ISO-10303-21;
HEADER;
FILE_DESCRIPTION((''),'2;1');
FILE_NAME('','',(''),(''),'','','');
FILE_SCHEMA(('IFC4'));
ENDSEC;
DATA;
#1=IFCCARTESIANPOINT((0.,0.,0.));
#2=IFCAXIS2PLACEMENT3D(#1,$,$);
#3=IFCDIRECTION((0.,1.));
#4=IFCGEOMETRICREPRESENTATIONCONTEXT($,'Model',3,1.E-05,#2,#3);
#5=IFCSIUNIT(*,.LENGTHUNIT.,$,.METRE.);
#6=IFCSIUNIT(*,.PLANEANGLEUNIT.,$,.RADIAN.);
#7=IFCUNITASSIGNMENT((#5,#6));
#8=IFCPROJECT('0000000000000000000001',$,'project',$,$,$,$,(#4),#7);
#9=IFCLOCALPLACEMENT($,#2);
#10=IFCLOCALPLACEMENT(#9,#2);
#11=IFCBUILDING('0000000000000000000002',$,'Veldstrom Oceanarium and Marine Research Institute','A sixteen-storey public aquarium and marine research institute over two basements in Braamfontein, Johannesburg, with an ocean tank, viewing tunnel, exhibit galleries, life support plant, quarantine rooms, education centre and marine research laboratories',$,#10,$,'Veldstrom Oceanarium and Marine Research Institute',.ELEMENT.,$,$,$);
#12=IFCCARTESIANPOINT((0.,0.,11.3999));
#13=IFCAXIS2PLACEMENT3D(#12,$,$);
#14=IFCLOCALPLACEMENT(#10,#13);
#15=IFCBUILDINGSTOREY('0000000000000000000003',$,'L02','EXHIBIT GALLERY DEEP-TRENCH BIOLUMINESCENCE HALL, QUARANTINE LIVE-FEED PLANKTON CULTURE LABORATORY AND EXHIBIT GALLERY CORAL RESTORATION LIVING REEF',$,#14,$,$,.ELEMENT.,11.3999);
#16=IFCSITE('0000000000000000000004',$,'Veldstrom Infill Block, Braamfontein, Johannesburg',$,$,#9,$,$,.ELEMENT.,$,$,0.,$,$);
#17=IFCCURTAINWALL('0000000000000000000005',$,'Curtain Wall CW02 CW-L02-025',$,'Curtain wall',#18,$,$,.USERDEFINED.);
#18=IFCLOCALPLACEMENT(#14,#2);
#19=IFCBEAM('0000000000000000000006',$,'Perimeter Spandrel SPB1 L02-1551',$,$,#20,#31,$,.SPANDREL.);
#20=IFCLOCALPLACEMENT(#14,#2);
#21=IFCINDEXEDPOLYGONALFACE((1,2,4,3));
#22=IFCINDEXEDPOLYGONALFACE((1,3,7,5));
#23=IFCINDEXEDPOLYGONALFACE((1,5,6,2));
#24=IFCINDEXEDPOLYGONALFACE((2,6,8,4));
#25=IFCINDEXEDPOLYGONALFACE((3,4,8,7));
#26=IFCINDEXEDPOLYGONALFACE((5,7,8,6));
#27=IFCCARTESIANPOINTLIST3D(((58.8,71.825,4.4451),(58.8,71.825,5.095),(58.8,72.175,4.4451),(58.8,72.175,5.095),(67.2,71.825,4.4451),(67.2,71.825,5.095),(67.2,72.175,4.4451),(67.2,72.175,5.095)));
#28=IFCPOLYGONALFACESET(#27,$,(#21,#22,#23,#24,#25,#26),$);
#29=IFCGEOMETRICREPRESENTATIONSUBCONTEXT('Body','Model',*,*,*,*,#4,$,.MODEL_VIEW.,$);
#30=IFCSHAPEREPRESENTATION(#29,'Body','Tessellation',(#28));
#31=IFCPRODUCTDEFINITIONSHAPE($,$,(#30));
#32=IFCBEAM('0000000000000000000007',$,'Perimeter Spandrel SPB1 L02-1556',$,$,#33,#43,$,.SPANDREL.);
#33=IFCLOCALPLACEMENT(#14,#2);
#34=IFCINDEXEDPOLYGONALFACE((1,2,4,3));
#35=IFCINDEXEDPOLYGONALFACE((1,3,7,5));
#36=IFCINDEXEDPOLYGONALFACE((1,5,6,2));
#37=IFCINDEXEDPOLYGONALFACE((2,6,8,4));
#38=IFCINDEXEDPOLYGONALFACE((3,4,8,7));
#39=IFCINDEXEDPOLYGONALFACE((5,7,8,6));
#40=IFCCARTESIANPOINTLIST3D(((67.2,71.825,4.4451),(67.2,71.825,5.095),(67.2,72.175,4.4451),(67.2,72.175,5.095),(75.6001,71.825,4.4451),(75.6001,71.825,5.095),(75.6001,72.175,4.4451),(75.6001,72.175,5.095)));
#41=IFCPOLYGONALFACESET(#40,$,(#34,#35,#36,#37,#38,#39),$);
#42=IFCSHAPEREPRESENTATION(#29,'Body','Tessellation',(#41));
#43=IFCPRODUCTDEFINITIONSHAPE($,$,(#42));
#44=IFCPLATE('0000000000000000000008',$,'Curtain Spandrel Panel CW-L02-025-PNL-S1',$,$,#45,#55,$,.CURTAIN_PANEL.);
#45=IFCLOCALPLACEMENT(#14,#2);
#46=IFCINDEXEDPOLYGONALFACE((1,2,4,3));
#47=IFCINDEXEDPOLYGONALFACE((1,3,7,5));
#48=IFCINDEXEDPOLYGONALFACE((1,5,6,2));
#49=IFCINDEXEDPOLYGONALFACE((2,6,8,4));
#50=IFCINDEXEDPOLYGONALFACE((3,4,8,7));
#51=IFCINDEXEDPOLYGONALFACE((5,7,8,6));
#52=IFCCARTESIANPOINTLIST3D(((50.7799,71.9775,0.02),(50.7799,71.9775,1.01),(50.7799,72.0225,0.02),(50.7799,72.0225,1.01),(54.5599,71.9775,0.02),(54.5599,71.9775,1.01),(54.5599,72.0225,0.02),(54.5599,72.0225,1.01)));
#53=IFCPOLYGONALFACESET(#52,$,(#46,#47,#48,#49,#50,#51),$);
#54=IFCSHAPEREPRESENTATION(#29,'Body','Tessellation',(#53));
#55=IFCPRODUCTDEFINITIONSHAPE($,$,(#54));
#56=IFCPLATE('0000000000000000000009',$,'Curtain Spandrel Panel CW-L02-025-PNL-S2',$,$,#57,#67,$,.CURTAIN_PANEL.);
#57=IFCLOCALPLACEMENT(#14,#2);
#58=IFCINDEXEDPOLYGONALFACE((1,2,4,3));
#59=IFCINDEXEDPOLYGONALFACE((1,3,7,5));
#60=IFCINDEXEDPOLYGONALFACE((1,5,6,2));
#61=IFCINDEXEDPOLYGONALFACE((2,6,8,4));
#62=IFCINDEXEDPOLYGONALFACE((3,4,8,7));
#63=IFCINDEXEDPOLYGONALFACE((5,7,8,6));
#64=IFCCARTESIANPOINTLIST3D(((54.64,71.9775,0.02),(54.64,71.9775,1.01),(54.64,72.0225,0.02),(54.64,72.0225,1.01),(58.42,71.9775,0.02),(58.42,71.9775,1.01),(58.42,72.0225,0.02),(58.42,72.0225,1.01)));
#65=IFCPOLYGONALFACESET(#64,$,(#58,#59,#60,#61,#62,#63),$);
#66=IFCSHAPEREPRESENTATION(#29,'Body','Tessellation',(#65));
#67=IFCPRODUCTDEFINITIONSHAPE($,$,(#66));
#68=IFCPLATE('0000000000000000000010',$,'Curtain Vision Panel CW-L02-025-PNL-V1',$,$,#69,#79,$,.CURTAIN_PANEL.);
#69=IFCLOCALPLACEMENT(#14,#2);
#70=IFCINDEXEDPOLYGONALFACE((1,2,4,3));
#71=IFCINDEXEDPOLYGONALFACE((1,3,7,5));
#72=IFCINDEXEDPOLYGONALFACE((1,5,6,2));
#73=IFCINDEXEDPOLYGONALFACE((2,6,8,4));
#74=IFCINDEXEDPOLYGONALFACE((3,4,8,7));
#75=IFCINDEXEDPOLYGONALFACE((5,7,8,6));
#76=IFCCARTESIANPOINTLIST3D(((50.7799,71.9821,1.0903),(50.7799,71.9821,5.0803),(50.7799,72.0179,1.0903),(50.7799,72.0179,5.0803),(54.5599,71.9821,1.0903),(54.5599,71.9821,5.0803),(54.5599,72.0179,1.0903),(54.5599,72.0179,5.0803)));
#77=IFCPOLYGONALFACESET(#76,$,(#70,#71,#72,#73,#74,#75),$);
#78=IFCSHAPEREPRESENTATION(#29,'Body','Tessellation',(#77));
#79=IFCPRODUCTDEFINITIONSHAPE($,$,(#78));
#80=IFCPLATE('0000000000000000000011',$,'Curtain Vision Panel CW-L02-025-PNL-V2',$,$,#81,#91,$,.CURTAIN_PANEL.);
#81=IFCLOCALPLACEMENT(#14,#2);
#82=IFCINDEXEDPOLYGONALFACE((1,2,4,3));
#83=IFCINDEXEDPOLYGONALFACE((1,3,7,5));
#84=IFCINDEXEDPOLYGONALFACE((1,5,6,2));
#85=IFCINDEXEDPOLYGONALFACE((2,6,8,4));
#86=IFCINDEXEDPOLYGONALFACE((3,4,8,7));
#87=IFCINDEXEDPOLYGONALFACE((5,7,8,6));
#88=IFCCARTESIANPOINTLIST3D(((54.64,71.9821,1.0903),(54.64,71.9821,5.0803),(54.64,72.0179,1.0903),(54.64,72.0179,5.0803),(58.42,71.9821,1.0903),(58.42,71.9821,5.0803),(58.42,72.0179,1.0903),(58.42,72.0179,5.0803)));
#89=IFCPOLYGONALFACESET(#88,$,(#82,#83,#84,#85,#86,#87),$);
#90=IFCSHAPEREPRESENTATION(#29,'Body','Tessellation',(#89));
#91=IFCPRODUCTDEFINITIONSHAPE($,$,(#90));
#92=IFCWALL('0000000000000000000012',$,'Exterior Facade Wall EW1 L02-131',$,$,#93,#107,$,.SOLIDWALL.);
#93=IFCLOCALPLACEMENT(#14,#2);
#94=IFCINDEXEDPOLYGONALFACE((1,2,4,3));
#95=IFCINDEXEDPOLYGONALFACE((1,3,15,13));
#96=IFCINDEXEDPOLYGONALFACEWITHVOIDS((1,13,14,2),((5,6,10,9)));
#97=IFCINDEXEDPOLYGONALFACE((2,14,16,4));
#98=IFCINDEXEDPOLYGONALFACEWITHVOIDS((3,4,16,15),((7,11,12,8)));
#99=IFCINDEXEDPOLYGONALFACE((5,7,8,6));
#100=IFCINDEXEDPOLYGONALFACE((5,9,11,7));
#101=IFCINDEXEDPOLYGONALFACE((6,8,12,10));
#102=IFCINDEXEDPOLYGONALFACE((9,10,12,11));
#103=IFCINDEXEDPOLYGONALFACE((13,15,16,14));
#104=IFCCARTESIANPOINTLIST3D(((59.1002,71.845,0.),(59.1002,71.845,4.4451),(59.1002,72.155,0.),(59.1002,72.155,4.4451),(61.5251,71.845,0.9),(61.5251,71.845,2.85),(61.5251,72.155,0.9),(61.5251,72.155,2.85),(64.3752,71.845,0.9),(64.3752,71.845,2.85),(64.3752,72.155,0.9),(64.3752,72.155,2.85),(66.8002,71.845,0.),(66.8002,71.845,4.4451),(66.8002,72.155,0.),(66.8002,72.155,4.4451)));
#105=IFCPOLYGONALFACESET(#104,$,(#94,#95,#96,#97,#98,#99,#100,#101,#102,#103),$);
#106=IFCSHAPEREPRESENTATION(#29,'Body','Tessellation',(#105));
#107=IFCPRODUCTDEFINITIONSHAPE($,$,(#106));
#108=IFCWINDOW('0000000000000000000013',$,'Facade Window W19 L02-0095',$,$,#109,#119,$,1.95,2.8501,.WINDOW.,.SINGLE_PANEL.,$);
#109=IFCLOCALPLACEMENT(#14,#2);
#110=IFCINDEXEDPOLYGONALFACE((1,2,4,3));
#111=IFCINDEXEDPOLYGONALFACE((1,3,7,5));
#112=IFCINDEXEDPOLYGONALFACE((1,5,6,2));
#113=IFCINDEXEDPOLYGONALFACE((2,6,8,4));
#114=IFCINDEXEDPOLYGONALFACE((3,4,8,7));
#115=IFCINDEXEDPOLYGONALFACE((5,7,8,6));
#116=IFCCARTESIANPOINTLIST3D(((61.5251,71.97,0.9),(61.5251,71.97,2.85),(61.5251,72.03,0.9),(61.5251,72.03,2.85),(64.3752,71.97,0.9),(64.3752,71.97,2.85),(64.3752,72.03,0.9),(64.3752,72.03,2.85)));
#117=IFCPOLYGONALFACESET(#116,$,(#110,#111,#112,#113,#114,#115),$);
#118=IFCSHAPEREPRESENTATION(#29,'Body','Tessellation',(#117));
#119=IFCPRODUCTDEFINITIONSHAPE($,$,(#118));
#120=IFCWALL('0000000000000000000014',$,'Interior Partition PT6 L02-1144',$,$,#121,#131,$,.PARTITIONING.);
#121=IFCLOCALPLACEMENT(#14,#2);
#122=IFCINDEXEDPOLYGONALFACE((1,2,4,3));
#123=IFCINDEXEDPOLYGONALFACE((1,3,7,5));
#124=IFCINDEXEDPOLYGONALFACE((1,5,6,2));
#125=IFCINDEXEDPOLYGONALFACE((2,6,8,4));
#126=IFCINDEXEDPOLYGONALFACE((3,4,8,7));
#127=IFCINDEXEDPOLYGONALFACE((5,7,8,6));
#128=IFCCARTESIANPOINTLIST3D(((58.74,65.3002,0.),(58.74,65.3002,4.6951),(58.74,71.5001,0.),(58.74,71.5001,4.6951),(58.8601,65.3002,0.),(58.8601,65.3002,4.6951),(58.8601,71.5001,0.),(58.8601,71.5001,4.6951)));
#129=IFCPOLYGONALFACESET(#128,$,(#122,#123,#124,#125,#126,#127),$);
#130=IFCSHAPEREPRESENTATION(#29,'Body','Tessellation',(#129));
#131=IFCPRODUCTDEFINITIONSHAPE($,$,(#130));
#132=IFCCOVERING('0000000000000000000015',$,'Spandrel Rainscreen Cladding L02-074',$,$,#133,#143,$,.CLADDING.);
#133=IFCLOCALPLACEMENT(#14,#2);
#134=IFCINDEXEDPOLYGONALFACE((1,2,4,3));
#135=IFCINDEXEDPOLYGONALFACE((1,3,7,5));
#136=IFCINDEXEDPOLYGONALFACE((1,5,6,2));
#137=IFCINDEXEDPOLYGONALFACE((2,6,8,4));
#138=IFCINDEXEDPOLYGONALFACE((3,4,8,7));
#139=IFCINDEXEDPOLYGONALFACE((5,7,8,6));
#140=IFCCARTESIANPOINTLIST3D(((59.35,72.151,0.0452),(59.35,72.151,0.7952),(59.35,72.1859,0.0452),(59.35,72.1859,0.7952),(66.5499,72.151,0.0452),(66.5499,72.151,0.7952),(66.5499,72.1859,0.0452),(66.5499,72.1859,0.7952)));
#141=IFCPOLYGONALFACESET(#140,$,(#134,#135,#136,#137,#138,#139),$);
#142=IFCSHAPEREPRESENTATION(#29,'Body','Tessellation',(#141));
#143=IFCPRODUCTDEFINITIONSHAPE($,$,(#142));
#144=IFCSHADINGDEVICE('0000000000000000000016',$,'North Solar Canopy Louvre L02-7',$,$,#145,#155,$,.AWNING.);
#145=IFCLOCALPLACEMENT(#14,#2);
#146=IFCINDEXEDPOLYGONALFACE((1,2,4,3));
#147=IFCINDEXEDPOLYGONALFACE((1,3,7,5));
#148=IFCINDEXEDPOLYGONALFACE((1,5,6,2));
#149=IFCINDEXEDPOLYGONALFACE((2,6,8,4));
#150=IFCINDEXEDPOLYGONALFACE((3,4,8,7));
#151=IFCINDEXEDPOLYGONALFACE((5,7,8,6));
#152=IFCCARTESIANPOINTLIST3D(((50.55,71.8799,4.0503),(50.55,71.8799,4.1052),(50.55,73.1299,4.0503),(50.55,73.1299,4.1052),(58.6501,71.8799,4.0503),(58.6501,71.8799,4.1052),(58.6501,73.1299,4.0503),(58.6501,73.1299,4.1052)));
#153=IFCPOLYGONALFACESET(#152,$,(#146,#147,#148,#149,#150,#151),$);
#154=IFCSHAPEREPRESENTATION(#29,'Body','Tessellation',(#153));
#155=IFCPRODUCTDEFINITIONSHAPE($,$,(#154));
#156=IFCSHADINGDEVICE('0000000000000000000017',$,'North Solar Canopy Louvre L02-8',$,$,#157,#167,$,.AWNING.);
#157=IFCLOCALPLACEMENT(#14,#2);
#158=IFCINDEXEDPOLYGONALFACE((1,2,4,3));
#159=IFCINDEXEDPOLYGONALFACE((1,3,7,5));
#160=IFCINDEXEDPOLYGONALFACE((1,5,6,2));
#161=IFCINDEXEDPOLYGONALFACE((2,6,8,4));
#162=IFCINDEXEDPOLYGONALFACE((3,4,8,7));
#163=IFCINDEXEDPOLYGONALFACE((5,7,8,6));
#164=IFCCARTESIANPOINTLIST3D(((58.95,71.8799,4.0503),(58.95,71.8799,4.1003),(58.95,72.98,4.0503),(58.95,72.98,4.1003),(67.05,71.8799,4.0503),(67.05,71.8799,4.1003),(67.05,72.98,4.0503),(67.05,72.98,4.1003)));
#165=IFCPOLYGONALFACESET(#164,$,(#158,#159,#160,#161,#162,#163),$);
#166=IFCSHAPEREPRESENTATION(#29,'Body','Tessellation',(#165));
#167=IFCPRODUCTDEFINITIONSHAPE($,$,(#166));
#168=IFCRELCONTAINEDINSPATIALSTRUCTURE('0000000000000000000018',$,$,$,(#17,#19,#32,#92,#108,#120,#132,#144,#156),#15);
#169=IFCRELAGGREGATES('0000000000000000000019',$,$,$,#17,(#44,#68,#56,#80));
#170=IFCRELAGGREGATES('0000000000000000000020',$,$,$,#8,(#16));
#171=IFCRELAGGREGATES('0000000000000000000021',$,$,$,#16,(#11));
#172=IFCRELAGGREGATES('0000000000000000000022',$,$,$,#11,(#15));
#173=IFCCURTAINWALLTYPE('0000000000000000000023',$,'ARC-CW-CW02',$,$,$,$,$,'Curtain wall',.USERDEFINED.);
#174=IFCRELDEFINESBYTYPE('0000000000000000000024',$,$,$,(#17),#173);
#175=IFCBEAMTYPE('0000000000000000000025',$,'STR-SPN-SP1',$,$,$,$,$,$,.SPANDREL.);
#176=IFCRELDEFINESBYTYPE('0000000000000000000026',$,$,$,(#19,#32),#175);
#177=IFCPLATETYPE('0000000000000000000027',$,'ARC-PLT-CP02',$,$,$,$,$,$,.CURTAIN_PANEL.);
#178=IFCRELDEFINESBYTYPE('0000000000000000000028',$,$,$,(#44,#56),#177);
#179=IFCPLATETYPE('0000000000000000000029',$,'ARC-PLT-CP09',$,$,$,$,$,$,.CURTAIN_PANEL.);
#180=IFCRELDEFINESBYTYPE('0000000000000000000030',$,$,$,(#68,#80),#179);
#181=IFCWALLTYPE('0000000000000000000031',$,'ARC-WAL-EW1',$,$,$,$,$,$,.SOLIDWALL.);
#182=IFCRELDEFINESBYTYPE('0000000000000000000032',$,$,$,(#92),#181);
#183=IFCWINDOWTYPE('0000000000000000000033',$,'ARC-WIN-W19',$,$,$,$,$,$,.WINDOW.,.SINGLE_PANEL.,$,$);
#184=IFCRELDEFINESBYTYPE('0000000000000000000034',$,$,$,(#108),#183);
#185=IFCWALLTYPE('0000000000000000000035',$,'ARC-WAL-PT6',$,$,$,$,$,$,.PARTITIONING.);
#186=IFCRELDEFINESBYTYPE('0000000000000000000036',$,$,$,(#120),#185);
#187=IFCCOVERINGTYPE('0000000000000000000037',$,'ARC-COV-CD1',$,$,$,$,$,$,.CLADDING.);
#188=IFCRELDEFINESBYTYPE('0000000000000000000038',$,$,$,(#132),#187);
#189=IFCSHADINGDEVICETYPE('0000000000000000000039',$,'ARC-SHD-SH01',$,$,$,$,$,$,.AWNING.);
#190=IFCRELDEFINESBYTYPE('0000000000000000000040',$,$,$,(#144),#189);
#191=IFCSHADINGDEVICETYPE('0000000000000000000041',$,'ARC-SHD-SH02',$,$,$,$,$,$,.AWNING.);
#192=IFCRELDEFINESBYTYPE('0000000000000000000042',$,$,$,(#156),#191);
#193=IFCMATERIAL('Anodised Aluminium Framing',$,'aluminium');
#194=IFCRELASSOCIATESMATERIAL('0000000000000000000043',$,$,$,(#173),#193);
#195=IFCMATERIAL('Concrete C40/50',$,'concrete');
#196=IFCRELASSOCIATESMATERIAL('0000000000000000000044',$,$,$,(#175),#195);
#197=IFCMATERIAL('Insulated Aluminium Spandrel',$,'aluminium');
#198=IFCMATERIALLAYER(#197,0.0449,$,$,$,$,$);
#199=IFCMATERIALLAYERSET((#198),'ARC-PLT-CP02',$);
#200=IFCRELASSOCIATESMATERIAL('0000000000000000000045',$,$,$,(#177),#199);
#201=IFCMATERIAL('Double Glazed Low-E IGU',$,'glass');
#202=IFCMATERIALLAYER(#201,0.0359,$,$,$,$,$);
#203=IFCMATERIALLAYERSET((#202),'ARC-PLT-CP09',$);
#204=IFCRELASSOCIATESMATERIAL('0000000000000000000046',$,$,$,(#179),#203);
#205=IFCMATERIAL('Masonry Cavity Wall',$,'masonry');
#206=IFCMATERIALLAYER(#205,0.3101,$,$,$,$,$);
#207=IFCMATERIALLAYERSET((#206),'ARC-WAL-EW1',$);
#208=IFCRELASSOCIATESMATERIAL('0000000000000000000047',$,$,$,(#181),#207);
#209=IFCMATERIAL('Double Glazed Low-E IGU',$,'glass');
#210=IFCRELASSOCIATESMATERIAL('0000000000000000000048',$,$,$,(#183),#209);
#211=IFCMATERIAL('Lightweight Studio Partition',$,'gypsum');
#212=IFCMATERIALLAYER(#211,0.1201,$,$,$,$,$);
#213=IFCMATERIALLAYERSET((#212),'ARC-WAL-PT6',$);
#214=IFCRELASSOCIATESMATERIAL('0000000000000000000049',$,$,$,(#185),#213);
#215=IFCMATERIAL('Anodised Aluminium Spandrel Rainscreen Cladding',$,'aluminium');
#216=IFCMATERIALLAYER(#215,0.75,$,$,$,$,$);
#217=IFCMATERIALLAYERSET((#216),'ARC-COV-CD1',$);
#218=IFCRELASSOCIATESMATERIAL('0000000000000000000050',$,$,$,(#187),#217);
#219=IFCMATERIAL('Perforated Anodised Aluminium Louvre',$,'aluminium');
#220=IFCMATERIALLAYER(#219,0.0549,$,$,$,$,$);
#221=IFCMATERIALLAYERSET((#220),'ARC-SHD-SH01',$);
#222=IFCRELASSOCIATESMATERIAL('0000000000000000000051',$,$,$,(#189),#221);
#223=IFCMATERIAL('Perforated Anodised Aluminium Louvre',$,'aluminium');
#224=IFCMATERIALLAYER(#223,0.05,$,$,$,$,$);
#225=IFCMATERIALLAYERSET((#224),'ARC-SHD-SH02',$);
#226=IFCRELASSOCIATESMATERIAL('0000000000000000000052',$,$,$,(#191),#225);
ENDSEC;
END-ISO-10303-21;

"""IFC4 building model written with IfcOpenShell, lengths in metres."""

from ifc_helpers import new_model, si_unit, direction, frame, frame_2d, origin, origin_2d, place, context, subcontext, project, spatial, rectangle, extrude, material, layer, layer_set, material_profile, profile_set, type_object, element, fill, aggregate, save


model = new_model("IFC4")

# Units and contexts
model_context = context("Model", 3, precision=1e-05, world=origin(), true_north=direction((0.0, 1.0)))
body_context = subcontext(model_context, "Body", "Model", "MODEL_VIEW")
ifc_project = project(units=[si_unit("LENGTHUNIT", "METRE"), si_unit("PLANEANGLEUNIT", "RADIAN")], contexts=[model_context])

# Site, building, storey
site_placement = place(None, origin())
site = spatial("IfcSite", under=ifc_project, at=site_placement, Name="Veldstrom Infill Block, Braamfontein, Johannesburg", CompositionType="ELEMENT", RefElevation=0.0)
building_placement = place(site_placement, origin())
building = spatial("IfcBuilding", under=site, at=building_placement, Name="Veldstrom Oceanarium and Marine Research Institute", Description="A sixteen-storey public aquarium and marine research institute over two basements in Braamfontein, Johannesburg, with an ocean tank, viewing tunnel, exhibit galleries, life support plant, quarantine rooms, education centre and marine research laboratories", LongName="Veldstrom Oceanarium and Marine Research Institute", CompositionType="ELEMENT")
storey_placement = place(building_placement, frame((0.0, 0.0, 11.3999)))
storey = spatial("IfcBuildingStorey", under=building, at=storey_placement, Name="L02", Description="EXHIBIT GALLERY DEEP-TRENCH BIOLUMINESCENCE HALL, QUARANTINE LIVE-FEED PLANKTON CULTURE LABORATORY AND EXHIBIT GALLERY CORAL RESTORATION LIVING REEF", CompositionType="ELEMENT", Elevation=11.3999)

# Curtain wall
ifc_material_1 = material(Name="Anodised Aluminium Framing", Category="aluminium")
curtain_wall_type = type_object("IfcCurtainWallType", Name="ARC-CW-CW02", ElementType="Curtain wall", PredefinedType="USERDEFINED", material=ifc_material_1)
curtain_wall_placement = place(storey_placement, origin())
curtain_wall = element("IfcCurtainWall", 1, at=curtain_wall_placement, inside=storey, type_object=curtain_wall_type, Name="Curtain Wall CW02 CW-L02-025", ObjectType="Curtain wall", PredefinedType="USERDEFINED")

# Beams
ifc_material_2 = material(Name="Concrete C40/50", Category="concrete")
ifc_material_profile_1 = material_profile(ifc_material_2, rectangle(XDim=0.3501, YDim=0.6499, at=origin_2d()), Name="RC-SPN-350x650")
ifc_profile_set_1 = profile_set([ifc_material_profile_1], Name="Concrete C40/50")
beam_type_1 = type_object("IfcBeamType", Name="STR-SPN-SP1", PredefinedType="SPANDREL", material=ifc_profile_set_1)
beam_1_placement = place(storey_placement, frame((58.8, 72.0, 4.77), z_axis=(1.0, 0.0, 0.0), x_axis=(0.0, 1.0, 0.0)))
element("IfcBeam", 2, at=beam_1_placement, inside=storey, type_object=beam_type_1, Name="Perimeter Spandrel SPB1 L02-1551", PredefinedType="SPANDREL", context=body_context, shape_type="SweptSolid", body=[
    extrude(rectangle(XDim=0.3501, YDim=0.6499, at=origin_2d()), origin(), (0.0, 0.0, 1.0), 8.3999),
])
beam_2_placement = place(storey_placement, frame((67.2, 72.0, 4.77), z_axis=(1.0, 0.0, 0.0), x_axis=(0.0, 1.0, 0.0)))
element("IfcBeam", 3, at=beam_2_placement, inside=storey, type_object=beam_type_1, Name="Perimeter Spandrel SPB1 L02-1556", PredefinedType="SPANDREL", context=body_context, shape_type="SweptSolid", body=[
    extrude(rectangle(XDim=0.3501, YDim=0.6499, at=origin_2d()), origin(), (0.0, 0.0, 1.0), 8.4001),
])

# Plates
ifc_material_3 = material(Name="Insulated Aluminium Spandrel", Category="aluminium")
ifc_layer_1 = layer(ifc_material_3, 0.0449)
ifc_layer_set_1 = layer_set([ifc_layer_1], Name="ARC-PLT-CP02")
plate_type_1 = type_object("IfcPlateType", Name="ARC-PLT-CP02", PredefinedType="CURTAIN_PANEL", material=ifc_layer_set_1)
plate_1_placement = place(storey_placement, frame((52.6699, 72.0, 0.02), z_axis=(0.0, 0.0, 1.0), x_axis=(1.0, 0.0, 0.0)))
plate_1 = element("IfcPlate", 4, at=plate_1_placement, type_object=plate_type_1, Name="Curtain Spandrel Panel CW-L02-025-PNL-S1", PredefinedType="CURTAIN_PANEL", context=body_context, shape_type="SweptSolid", body=[
    extrude(rectangle(XDim=3.78, YDim=0.0449, at=origin_2d()), origin(), (0.0, 0.0, 1.0), 0.99),
])
plate_2_placement = place(storey_placement, frame((56.53, 72.0, 0.02), z_axis=(0.0, 0.0, 1.0), x_axis=(1.0, 0.0, 0.0)))
plate_2 = element("IfcPlate", 5, at=plate_2_placement, type_object=plate_type_1, Name="Curtain Spandrel Panel CW-L02-025-PNL-S2", PredefinedType="CURTAIN_PANEL", context=body_context, shape_type="SweptSolid", body=[
    extrude(rectangle(XDim=3.78, YDim=0.0449, at=origin_2d()), origin(), (0.0, 0.0, 1.0), 0.99),
])
ifc_material_4 = material(Name="Double Glazed Low-E IGU", Category="glass")
ifc_layer_2 = layer(ifc_material_4, 0.0359)
ifc_layer_set_2 = layer_set([ifc_layer_2], Name="ARC-PLT-CP09")
plate_type_2 = type_object("IfcPlateType", Name="ARC-PLT-CP09", PredefinedType="CURTAIN_PANEL", material=ifc_layer_set_2)
plate_3_placement = place(storey_placement, frame((52.6699, 72.0, 1.0903), z_axis=(0.0, 0.0, 1.0), x_axis=(1.0, 0.0, 0.0)))
plate_3 = element("IfcPlate", 6, at=plate_3_placement, type_object=plate_type_2, Name="Curtain Vision Panel CW-L02-025-PNL-V1", PredefinedType="CURTAIN_PANEL", context=body_context, shape_type="SweptSolid", body=[
    extrude(rectangle(XDim=3.78, YDim=0.0359, at=origin_2d()), origin(), (0.0, 0.0, 1.0), 3.99),
])
plate_4_placement = place(storey_placement, frame((56.53, 72.0, 1.0903), z_axis=(0.0, 0.0, 1.0), x_axis=(1.0, 0.0, 0.0)))
plate_4 = element("IfcPlate", 7, at=plate_4_placement, type_object=plate_type_2, Name="Curtain Vision Panel CW-L02-025-PNL-V2", PredefinedType="CURTAIN_PANEL", context=body_context, shape_type="SweptSolid", body=[
    extrude(rectangle(XDim=3.78, YDim=0.0359, at=origin_2d()), origin(), (0.0, 0.0, 1.0), 3.99),
])
aggregate(curtain_wall, [plate_1, plate_3, plate_2, plate_4])

# Wall, opening, window
ifc_material_5 = material(Name="Masonry Cavity Wall", Category="masonry")
ifc_layer_3 = layer(ifc_material_5, 0.3101)
ifc_layer_set_3 = layer_set([ifc_layer_3], Name="ARC-WAL-EW1")
wall_type_1 = type_object("IfcWallType", Name="ARC-WAL-EW1", PredefinedType="SOLIDWALL", material=ifc_layer_set_3)
wall_1_placement = place(storey_placement, frame((59.1001, 72.0, 0.0), z_axis=(0.0, 0.0, 1.0), x_axis=(1.0, 0.0, 0.0)))
wall_1 = element("IfcWall", 8, at=wall_1_placement, inside=storey, type_object=wall_type_1, Name="Exterior Facade Wall EW1 L02-131", PredefinedType="SOLIDWALL", context=body_context, shape_type="SweptSolid", body=[
    extrude(rectangle(XDim=7.7, YDim=0.3101, at=frame_2d((3.8501, 0.0))), origin(), (0.0, 0.0, 1.0), 4.4451),
])
opening_placement = place(wall_1_placement, frame((2.425, 0.0, 0.8999)))
opening = element("IfcOpeningElement", 9, at=opening_placement, cuts=wall_1, PredefinedType="OPENING", context=body_context, shape_type="SweptSolid", body=[
    extrude(rectangle(XDim=2.8501, YDim=1.95, at=frame_2d((1.425, 0.9751))), frame((0.0, 0.165, 0.0), z_axis=(0.0, -1.0, 0.0), x_axis=(1.0, 0.0, 0.0)), (0.0, 0.0, 1.0), 0.3301),
])
ifc_material_6 = material(Name="Double Glazed Low-E IGU", Category="glass")
window_type = type_object("IfcWindowType", Name="ARC-WIN-W19", PartitioningType="SINGLE_PANEL", PredefinedType="WINDOW", material=ifc_material_6)
window_placement = place(opening_placement, origin())
window = element("IfcWindow", 10, at=window_placement, inside=storey, type_object=window_type, Name="Facade Window W19 L02-0095", OverallHeight=1.95, OverallWidth=2.8501, PartitioningType="SINGLE_PANEL", PredefinedType="WINDOW", context=body_context, shape_type="SweptSolid", body=[
    extrude(rectangle(XDim=2.8501, YDim=1.95, at=frame_2d((1.425, 0.9751))), frame((0.0, 0.03, 0.0), z_axis=(0.0, -1.0, 0.0), x_axis=(1.0, 0.0, 0.0)), (0.0, 0.0, 1.0), 0.0601),
])
fill(opening, window)

# Wall
ifc_material_7 = material(Name="Lightweight Studio Partition", Category="gypsum")
ifc_layer_4 = layer(ifc_material_7, 0.1201)
ifc_layer_set_4 = layer_set([ifc_layer_4], Name="ARC-WAL-PT6")
wall_type_2 = type_object("IfcWallType", Name="ARC-WAL-PT6", PredefinedType="PARTITIONING", material=ifc_layer_set_4)
wall_2_placement = place(storey_placement, frame((58.8, 65.3, 0.0), z_axis=(0.0, 0.0, 1.0), x_axis=(0.0, 1.0, 0.0)))
element("IfcWall", 11, at=wall_2_placement, inside=storey, type_object=wall_type_2, Name="Interior Partition PT6 L02-1144", PredefinedType="PARTITIONING", context=body_context, shape_type="SweptSolid", body=[
    extrude(rectangle(XDim=6.2, YDim=0.1201, at=frame_2d((3.1001, 0.0))), origin(), (0.0, 0.0, 1.0), 4.6951),
])

# Covering
ifc_material_8 = material(Name="Anodised Aluminium Spandrel Rainscreen Cladding", Category="aluminium")
ifc_layer_5 = layer(ifc_material_8, 0.75)
ifc_layer_set_5 = layer_set([ifc_layer_5], Name="ARC-COV-CD1")
covering_type = type_object("IfcCoveringType", Name="ARC-COV-CD1", PredefinedType="CLADDING", material=ifc_layer_set_5)
covering_placement = place(storey_placement, frame((62.95, 72.1685, 0.0452), z_axis=(0.0, 0.0, 1.0), x_axis=(1.0, 0.0, 0.0)))
element("IfcCovering", 12, at=covering_placement, inside=storey, type_object=covering_type, Name="Spandrel Rainscreen Cladding L02-074", PredefinedType="CLADDING", context=body_context, shape_type="SweptSolid", body=[
    extrude(rectangle(XDim=7.2, YDim=0.0349, at=origin_2d()), origin(), (0.0, 0.0, 1.0), 0.75),
])

# Shading devices
ifc_material_9 = material(Name="Perforated Anodised Aluminium Louvre", Category="aluminium")
ifc_layer_6 = layer(ifc_material_9, 0.0549)
ifc_layer_set_6 = layer_set([ifc_layer_6], Name="ARC-SHD-SH01")
shading_device_type_1 = type_object("IfcShadingDeviceType", Name="ARC-SHD-SH01", PredefinedType="AWNING", material=ifc_layer_set_6)
shading_device_1_placement = place(storey_placement, frame((54.6001, 72.5049, 4.0503), z_axis=(0.0, 0.0, 1.0), x_axis=(1.0, 0.0, 0.0)))
element("IfcShadingDevice", 13, at=shading_device_1_placement, inside=storey, type_object=shading_device_type_1, Name="North Solar Canopy Louvre L02-7", PredefinedType="AWNING", context=body_context, shape_type="SweptSolid", body=[
    extrude(rectangle(XDim=8.1001, YDim=1.25, at=origin_2d()), origin(), (0.0, 0.0, 1.0), 0.0549),
])
ifc_material_10 = material(Name="Perforated Anodised Aluminium Louvre", Category="aluminium")
ifc_layer_7 = layer(ifc_material_10, 0.05)
ifc_layer_set_7 = layer_set([ifc_layer_7], Name="ARC-SHD-SH02")
shading_device_type_2 = type_object("IfcShadingDeviceType", Name="ARC-SHD-SH02", PredefinedType="AWNING", material=ifc_layer_set_7)
shading_device_2_placement = place(storey_placement, frame((63.0, 72.4299, 4.0503), z_axis=(0.0, 0.0, 1.0), x_axis=(1.0, 0.0, 0.0)))
element("IfcShadingDevice", 14, at=shading_device_2_placement, inside=storey, type_object=shading_device_type_2, Name="North Solar Canopy Louvre L02-8", PredefinedType="AWNING", context=body_context, shape_type="SweptSolid", body=[
    extrude(rectangle(XDim=8.1001, YDim=1.1001, at=origin_2d()), origin(), (0.0, 0.0, 1.0), 0.05),
])

save(model, "model.ifc")
